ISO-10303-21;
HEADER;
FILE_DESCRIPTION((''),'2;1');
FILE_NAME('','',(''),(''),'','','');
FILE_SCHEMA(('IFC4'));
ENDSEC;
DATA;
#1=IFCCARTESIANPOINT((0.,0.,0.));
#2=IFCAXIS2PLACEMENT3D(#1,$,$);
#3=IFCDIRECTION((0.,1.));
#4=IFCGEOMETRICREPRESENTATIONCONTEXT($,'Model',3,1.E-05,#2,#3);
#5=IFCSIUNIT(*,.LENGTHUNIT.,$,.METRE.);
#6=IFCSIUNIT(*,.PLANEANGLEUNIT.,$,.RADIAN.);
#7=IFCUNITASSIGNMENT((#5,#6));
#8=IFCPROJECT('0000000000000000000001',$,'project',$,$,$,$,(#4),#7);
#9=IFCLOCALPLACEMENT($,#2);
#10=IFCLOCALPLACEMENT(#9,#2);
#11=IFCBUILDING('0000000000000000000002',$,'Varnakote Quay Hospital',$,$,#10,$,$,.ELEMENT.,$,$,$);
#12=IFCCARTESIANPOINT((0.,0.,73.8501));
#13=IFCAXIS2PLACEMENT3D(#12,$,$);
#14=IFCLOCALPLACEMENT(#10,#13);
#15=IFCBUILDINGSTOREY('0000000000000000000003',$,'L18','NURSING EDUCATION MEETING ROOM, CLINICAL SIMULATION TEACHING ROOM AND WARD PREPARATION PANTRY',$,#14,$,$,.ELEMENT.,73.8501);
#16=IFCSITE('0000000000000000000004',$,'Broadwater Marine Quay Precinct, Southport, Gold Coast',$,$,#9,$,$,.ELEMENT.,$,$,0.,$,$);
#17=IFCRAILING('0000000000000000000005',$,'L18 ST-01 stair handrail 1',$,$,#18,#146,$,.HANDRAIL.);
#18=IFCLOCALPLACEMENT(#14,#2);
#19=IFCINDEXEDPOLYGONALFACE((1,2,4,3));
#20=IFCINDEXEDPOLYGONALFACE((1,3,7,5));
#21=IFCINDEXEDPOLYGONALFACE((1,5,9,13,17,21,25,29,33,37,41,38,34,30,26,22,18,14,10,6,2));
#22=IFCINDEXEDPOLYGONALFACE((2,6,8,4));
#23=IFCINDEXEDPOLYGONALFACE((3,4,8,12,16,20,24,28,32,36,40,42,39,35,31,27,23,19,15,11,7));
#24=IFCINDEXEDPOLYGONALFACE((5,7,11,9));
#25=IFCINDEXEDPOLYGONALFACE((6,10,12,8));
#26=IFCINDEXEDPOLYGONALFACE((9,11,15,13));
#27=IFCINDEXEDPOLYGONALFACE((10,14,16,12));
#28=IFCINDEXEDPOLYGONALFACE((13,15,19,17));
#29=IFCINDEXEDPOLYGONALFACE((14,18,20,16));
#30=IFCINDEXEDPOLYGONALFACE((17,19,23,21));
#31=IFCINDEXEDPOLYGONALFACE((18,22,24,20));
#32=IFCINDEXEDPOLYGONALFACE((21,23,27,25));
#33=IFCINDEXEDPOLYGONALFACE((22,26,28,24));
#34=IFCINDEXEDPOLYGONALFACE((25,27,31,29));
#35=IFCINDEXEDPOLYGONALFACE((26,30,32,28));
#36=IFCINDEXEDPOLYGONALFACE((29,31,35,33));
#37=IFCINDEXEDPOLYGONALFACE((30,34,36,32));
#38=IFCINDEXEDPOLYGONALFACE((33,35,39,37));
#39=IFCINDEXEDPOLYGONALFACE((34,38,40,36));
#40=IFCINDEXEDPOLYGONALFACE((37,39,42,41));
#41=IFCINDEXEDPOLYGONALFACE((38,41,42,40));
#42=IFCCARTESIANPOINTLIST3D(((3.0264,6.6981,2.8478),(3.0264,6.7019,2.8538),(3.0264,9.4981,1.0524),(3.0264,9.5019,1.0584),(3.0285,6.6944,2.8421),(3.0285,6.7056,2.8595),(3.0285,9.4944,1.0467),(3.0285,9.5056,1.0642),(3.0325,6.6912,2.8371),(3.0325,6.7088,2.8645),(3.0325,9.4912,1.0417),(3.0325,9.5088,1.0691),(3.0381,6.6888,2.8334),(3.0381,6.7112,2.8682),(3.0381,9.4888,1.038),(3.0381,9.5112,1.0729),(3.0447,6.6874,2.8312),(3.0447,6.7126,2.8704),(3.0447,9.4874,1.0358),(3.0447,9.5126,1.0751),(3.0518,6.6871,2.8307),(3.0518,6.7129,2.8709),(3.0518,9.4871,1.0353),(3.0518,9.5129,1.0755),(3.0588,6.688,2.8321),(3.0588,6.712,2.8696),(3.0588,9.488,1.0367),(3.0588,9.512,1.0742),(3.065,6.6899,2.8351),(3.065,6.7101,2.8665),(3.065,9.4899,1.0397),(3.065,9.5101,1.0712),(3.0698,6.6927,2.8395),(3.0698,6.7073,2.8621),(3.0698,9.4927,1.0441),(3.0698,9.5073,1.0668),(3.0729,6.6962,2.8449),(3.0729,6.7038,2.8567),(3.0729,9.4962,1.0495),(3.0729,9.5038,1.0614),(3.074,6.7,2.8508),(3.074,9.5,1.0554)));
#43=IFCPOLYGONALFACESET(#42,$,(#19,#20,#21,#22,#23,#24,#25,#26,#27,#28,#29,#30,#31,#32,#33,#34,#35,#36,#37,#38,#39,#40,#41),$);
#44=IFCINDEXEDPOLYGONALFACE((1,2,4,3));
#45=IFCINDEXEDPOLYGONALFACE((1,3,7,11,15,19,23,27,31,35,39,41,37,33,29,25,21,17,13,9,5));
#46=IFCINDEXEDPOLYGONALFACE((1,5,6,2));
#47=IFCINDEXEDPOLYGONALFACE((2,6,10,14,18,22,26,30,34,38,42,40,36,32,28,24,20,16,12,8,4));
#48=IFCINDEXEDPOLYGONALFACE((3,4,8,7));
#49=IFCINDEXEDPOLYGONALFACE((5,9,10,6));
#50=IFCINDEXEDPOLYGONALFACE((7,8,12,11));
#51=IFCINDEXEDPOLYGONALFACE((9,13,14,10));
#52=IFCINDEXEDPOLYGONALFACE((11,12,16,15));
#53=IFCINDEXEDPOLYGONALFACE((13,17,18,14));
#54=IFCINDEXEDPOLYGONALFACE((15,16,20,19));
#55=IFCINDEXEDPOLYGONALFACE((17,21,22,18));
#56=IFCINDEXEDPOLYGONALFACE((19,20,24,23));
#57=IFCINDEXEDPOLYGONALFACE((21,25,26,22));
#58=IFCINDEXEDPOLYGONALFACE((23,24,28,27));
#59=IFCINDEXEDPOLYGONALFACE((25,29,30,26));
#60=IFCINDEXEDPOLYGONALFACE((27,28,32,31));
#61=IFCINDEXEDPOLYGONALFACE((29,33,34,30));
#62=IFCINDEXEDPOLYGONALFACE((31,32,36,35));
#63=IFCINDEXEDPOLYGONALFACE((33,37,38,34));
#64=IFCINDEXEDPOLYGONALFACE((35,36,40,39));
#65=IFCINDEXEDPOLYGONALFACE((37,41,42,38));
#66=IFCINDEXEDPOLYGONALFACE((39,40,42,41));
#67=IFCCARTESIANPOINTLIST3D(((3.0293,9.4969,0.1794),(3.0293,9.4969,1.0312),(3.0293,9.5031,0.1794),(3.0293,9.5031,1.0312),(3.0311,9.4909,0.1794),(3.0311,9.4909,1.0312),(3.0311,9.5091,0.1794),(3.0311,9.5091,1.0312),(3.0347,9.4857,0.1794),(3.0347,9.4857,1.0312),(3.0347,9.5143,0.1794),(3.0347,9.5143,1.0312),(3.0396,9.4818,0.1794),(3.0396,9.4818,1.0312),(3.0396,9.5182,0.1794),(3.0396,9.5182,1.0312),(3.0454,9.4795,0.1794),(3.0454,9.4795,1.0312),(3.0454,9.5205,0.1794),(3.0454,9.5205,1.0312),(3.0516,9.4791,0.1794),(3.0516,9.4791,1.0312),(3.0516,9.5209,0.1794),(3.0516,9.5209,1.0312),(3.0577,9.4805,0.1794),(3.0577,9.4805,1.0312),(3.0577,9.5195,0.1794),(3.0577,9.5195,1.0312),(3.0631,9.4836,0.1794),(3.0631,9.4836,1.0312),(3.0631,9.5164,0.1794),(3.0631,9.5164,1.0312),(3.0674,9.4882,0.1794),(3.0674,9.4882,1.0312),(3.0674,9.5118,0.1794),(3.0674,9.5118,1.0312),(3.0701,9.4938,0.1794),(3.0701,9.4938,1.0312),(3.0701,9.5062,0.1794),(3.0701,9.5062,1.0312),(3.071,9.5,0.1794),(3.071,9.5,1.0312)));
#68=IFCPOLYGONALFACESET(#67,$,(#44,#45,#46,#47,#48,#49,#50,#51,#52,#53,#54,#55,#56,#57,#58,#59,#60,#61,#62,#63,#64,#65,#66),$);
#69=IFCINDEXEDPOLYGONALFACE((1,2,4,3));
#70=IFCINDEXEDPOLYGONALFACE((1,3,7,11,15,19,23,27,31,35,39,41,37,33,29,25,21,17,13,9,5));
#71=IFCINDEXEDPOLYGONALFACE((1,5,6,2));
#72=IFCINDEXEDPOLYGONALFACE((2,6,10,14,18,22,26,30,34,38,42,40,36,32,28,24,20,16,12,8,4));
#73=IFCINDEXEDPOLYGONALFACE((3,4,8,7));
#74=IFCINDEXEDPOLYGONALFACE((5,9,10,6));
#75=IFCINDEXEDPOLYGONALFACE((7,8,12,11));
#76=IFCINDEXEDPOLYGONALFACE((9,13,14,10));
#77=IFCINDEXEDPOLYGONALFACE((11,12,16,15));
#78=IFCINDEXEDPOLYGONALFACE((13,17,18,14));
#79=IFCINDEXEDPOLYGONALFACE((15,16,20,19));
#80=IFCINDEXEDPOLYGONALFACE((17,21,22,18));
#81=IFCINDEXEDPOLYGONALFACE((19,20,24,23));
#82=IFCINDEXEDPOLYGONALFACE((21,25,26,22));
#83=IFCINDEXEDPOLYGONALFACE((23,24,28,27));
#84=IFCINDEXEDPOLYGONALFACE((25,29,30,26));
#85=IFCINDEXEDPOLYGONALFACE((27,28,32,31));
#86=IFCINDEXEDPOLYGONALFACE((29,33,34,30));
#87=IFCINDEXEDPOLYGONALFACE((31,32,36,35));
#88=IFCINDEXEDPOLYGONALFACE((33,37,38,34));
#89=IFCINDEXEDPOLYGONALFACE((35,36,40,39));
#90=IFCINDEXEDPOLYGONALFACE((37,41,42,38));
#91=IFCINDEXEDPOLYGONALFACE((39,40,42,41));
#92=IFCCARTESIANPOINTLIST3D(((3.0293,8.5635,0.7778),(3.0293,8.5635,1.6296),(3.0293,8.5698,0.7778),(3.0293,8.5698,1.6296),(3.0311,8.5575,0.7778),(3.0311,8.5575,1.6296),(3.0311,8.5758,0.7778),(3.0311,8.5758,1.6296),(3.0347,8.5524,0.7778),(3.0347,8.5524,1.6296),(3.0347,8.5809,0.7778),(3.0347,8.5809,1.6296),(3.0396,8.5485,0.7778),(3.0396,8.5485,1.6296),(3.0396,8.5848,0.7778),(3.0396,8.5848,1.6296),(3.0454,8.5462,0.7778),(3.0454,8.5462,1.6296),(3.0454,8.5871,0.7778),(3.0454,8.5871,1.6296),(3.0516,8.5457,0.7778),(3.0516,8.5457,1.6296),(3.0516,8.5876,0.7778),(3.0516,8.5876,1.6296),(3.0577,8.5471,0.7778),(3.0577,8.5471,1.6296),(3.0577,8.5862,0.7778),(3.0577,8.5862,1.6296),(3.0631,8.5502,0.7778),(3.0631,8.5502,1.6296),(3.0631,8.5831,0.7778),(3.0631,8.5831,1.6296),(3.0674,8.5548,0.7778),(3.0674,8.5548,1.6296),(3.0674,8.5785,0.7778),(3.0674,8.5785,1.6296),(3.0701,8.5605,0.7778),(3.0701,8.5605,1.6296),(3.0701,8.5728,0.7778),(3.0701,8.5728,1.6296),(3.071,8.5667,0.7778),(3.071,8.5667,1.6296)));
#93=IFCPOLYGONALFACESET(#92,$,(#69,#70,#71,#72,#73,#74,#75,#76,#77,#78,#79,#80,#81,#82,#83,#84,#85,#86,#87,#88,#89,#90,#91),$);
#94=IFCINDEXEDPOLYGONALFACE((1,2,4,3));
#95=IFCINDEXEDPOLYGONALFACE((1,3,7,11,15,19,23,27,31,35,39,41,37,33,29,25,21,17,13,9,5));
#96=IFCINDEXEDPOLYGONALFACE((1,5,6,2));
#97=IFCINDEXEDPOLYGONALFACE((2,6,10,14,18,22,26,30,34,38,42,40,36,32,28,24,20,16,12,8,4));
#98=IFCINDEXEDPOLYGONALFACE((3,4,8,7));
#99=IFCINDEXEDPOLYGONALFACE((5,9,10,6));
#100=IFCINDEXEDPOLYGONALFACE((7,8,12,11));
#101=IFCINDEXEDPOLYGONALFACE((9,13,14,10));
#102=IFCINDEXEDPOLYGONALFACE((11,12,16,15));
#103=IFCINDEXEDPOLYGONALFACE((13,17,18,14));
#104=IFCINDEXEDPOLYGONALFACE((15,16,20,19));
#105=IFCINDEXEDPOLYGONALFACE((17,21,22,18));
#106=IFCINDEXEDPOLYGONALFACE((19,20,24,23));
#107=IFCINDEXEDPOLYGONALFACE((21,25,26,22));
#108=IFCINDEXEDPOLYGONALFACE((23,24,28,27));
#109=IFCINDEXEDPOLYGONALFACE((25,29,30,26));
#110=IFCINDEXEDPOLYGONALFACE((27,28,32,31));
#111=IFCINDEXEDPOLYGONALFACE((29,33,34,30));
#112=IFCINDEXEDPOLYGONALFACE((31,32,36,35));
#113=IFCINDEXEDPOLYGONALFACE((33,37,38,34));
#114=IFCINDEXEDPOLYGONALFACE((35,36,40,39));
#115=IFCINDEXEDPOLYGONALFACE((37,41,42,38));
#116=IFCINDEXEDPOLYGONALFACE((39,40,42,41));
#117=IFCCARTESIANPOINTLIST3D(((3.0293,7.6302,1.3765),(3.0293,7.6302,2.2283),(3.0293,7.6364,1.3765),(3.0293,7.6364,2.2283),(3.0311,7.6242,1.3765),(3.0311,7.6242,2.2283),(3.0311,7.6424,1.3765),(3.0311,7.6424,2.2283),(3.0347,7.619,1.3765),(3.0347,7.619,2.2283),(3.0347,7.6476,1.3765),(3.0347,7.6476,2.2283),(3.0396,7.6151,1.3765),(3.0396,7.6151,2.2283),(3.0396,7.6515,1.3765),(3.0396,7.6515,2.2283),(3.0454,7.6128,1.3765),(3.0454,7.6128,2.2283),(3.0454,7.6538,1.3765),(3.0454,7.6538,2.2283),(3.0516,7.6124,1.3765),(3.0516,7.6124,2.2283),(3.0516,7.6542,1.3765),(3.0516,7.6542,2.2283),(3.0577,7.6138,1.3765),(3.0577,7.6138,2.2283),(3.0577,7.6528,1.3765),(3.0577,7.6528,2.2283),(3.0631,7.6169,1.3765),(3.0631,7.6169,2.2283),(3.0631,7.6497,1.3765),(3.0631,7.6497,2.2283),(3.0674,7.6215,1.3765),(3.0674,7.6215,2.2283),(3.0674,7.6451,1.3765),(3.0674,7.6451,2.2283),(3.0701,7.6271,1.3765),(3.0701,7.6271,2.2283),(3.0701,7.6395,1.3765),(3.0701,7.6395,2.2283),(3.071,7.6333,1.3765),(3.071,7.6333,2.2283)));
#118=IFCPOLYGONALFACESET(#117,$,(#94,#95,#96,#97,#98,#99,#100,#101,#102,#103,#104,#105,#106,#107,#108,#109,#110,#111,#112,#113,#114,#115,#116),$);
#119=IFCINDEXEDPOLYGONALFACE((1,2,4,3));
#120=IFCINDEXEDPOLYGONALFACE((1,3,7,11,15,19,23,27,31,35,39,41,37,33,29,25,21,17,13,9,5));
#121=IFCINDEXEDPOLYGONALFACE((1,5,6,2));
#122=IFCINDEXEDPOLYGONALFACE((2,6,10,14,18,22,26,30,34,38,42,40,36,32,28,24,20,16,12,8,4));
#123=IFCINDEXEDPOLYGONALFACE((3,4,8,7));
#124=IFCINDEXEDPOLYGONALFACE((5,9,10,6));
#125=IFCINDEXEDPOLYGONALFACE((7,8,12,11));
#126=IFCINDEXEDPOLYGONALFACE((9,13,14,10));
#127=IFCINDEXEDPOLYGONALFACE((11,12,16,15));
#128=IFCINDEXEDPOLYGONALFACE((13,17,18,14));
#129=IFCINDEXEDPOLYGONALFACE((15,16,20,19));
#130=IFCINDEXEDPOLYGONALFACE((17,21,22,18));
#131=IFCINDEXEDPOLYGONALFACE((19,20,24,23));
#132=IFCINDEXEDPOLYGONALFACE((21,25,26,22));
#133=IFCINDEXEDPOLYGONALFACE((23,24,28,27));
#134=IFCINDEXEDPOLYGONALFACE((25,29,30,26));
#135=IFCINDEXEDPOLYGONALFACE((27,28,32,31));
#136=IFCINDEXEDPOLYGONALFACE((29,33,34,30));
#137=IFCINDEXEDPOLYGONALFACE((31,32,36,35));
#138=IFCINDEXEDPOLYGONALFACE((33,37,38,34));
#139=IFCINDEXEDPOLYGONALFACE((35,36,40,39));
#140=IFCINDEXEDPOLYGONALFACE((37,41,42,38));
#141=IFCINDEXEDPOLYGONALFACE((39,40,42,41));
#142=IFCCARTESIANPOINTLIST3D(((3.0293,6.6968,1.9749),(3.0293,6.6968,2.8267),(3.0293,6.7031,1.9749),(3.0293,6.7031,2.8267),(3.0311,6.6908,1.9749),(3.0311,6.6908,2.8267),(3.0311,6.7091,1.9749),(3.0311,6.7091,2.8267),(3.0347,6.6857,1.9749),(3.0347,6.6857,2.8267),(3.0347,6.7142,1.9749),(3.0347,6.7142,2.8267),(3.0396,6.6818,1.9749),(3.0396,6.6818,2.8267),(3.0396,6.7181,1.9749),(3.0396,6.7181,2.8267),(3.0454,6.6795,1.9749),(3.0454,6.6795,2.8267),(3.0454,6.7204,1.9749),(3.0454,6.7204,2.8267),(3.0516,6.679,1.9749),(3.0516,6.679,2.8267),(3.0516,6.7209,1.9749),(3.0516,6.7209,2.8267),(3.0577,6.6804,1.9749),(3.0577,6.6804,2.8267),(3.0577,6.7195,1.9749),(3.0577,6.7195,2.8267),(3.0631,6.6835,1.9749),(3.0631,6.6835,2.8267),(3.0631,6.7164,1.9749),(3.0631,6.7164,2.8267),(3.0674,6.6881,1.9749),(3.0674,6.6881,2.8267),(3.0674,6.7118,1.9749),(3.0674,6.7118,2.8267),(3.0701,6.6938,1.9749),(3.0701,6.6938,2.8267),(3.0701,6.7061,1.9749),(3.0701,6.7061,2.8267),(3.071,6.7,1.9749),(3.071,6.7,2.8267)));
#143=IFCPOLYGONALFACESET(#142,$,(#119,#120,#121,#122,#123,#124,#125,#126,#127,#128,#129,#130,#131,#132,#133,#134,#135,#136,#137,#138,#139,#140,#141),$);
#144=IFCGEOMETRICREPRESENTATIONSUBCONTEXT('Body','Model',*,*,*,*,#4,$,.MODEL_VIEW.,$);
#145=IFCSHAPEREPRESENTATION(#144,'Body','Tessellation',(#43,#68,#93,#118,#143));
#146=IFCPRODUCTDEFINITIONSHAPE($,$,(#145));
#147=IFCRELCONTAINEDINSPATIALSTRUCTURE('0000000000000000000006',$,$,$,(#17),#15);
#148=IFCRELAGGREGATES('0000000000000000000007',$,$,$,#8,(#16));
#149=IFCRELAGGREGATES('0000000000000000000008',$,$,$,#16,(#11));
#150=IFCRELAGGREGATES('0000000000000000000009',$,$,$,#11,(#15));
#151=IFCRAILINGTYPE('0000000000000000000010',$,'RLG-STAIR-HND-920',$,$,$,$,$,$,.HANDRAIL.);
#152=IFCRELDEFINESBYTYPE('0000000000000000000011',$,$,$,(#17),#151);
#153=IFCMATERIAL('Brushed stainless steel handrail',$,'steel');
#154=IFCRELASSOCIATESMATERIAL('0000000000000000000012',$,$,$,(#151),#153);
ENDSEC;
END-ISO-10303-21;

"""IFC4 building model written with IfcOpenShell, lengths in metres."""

from ifc_helpers import new_model, si_unit, direction, frame, origin, origin_2d, place, context, subcontext, project, spatial, circle, extrude, material, type_object, element, save


model = new_model("IFC4")

# Units and contexts
model_context = context("Model", 3, precision=1e-05, world=origin(), true_north=direction((0.0, 1.0)))
body_context = subcontext(model_context, "Body", "Model", "MODEL_VIEW")
ifc_project = project(units=[si_unit("LENGTHUNIT", "METRE"), si_unit("PLANEANGLEUNIT", "RADIAN")], contexts=[model_context])

# Site, building, storey
site_placement = place(None, origin())
site = spatial("IfcSite", under=ifc_project, at=site_placement, Name="Broadwater Marine Quay Precinct, Southport, Gold Coast", CompositionType="ELEMENT", RefElevation=0.0)
building_placement = place(site_placement, origin())
building = spatial("IfcBuilding", under=site, at=building_placement, Name="Varnakote Quay Hospital", CompositionType="ELEMENT")
storey_placement = place(building_placement, frame((0.0, 0.0, 73.8501)))
storey = spatial("IfcBuildingStorey", under=building, at=storey_placement, Name="L18", Description="NURSING EDUCATION MEETING ROOM, CLINICAL SIMULATION TEACHING ROOM AND WARD PREPARATION PANTRY", CompositionType="ELEMENT", Elevation=73.8501)

# Railing
ifc_material_1 = material(Name="Brushed stainless steel handrail", Category="steel")
railing_type_1 = type_object("IfcRailingType", Name="RLG-STAIR-HND-920", PredefinedType="HANDRAIL", material=ifc_material_1)
railing_1_placement = place(storey_placement, frame((3.05, 9.5, 0.1794)))
element("IfcRailing", 1, at=railing_1_placement, inside=storey, type_object=railing_type_1, Name="L18 ST-01 stair handrail 1", PredefinedType="HANDRAIL", context=body_context, shape_type="SweptSolid", body=[
    extrude(circle(Radius=0.0239, at=origin_2d()), frame((0.0, 0.0, 0.876), z_axis=(0.0, -0.84181, 0.539774), x_axis=(1.0, 0.0, 0.0)), (0.0, 0.0, 1.0), 3.3262),
    extrude(circle(Radius=0.021, at=origin_2d()), origin(), (0.0, 0.0, 1.0), 0.8518),
    extrude(circle(Radius=0.021, at=origin_2d()), frame((0.0, -0.9333, 0.5984)), (0.0, 0.0, 1.0), 0.8518),
    extrude(circle(Radius=0.021, at=origin_2d()), frame((0.0, -1.8667, 1.197)), (0.0, 0.0, 1.0), 0.8518),
    extrude(circle(Radius=0.021, at=origin_2d()), frame((0.0, -2.8, 1.7954)), (0.0, 0.0, 1.0), 0.8518),
])

save(model, "model.ifc")
